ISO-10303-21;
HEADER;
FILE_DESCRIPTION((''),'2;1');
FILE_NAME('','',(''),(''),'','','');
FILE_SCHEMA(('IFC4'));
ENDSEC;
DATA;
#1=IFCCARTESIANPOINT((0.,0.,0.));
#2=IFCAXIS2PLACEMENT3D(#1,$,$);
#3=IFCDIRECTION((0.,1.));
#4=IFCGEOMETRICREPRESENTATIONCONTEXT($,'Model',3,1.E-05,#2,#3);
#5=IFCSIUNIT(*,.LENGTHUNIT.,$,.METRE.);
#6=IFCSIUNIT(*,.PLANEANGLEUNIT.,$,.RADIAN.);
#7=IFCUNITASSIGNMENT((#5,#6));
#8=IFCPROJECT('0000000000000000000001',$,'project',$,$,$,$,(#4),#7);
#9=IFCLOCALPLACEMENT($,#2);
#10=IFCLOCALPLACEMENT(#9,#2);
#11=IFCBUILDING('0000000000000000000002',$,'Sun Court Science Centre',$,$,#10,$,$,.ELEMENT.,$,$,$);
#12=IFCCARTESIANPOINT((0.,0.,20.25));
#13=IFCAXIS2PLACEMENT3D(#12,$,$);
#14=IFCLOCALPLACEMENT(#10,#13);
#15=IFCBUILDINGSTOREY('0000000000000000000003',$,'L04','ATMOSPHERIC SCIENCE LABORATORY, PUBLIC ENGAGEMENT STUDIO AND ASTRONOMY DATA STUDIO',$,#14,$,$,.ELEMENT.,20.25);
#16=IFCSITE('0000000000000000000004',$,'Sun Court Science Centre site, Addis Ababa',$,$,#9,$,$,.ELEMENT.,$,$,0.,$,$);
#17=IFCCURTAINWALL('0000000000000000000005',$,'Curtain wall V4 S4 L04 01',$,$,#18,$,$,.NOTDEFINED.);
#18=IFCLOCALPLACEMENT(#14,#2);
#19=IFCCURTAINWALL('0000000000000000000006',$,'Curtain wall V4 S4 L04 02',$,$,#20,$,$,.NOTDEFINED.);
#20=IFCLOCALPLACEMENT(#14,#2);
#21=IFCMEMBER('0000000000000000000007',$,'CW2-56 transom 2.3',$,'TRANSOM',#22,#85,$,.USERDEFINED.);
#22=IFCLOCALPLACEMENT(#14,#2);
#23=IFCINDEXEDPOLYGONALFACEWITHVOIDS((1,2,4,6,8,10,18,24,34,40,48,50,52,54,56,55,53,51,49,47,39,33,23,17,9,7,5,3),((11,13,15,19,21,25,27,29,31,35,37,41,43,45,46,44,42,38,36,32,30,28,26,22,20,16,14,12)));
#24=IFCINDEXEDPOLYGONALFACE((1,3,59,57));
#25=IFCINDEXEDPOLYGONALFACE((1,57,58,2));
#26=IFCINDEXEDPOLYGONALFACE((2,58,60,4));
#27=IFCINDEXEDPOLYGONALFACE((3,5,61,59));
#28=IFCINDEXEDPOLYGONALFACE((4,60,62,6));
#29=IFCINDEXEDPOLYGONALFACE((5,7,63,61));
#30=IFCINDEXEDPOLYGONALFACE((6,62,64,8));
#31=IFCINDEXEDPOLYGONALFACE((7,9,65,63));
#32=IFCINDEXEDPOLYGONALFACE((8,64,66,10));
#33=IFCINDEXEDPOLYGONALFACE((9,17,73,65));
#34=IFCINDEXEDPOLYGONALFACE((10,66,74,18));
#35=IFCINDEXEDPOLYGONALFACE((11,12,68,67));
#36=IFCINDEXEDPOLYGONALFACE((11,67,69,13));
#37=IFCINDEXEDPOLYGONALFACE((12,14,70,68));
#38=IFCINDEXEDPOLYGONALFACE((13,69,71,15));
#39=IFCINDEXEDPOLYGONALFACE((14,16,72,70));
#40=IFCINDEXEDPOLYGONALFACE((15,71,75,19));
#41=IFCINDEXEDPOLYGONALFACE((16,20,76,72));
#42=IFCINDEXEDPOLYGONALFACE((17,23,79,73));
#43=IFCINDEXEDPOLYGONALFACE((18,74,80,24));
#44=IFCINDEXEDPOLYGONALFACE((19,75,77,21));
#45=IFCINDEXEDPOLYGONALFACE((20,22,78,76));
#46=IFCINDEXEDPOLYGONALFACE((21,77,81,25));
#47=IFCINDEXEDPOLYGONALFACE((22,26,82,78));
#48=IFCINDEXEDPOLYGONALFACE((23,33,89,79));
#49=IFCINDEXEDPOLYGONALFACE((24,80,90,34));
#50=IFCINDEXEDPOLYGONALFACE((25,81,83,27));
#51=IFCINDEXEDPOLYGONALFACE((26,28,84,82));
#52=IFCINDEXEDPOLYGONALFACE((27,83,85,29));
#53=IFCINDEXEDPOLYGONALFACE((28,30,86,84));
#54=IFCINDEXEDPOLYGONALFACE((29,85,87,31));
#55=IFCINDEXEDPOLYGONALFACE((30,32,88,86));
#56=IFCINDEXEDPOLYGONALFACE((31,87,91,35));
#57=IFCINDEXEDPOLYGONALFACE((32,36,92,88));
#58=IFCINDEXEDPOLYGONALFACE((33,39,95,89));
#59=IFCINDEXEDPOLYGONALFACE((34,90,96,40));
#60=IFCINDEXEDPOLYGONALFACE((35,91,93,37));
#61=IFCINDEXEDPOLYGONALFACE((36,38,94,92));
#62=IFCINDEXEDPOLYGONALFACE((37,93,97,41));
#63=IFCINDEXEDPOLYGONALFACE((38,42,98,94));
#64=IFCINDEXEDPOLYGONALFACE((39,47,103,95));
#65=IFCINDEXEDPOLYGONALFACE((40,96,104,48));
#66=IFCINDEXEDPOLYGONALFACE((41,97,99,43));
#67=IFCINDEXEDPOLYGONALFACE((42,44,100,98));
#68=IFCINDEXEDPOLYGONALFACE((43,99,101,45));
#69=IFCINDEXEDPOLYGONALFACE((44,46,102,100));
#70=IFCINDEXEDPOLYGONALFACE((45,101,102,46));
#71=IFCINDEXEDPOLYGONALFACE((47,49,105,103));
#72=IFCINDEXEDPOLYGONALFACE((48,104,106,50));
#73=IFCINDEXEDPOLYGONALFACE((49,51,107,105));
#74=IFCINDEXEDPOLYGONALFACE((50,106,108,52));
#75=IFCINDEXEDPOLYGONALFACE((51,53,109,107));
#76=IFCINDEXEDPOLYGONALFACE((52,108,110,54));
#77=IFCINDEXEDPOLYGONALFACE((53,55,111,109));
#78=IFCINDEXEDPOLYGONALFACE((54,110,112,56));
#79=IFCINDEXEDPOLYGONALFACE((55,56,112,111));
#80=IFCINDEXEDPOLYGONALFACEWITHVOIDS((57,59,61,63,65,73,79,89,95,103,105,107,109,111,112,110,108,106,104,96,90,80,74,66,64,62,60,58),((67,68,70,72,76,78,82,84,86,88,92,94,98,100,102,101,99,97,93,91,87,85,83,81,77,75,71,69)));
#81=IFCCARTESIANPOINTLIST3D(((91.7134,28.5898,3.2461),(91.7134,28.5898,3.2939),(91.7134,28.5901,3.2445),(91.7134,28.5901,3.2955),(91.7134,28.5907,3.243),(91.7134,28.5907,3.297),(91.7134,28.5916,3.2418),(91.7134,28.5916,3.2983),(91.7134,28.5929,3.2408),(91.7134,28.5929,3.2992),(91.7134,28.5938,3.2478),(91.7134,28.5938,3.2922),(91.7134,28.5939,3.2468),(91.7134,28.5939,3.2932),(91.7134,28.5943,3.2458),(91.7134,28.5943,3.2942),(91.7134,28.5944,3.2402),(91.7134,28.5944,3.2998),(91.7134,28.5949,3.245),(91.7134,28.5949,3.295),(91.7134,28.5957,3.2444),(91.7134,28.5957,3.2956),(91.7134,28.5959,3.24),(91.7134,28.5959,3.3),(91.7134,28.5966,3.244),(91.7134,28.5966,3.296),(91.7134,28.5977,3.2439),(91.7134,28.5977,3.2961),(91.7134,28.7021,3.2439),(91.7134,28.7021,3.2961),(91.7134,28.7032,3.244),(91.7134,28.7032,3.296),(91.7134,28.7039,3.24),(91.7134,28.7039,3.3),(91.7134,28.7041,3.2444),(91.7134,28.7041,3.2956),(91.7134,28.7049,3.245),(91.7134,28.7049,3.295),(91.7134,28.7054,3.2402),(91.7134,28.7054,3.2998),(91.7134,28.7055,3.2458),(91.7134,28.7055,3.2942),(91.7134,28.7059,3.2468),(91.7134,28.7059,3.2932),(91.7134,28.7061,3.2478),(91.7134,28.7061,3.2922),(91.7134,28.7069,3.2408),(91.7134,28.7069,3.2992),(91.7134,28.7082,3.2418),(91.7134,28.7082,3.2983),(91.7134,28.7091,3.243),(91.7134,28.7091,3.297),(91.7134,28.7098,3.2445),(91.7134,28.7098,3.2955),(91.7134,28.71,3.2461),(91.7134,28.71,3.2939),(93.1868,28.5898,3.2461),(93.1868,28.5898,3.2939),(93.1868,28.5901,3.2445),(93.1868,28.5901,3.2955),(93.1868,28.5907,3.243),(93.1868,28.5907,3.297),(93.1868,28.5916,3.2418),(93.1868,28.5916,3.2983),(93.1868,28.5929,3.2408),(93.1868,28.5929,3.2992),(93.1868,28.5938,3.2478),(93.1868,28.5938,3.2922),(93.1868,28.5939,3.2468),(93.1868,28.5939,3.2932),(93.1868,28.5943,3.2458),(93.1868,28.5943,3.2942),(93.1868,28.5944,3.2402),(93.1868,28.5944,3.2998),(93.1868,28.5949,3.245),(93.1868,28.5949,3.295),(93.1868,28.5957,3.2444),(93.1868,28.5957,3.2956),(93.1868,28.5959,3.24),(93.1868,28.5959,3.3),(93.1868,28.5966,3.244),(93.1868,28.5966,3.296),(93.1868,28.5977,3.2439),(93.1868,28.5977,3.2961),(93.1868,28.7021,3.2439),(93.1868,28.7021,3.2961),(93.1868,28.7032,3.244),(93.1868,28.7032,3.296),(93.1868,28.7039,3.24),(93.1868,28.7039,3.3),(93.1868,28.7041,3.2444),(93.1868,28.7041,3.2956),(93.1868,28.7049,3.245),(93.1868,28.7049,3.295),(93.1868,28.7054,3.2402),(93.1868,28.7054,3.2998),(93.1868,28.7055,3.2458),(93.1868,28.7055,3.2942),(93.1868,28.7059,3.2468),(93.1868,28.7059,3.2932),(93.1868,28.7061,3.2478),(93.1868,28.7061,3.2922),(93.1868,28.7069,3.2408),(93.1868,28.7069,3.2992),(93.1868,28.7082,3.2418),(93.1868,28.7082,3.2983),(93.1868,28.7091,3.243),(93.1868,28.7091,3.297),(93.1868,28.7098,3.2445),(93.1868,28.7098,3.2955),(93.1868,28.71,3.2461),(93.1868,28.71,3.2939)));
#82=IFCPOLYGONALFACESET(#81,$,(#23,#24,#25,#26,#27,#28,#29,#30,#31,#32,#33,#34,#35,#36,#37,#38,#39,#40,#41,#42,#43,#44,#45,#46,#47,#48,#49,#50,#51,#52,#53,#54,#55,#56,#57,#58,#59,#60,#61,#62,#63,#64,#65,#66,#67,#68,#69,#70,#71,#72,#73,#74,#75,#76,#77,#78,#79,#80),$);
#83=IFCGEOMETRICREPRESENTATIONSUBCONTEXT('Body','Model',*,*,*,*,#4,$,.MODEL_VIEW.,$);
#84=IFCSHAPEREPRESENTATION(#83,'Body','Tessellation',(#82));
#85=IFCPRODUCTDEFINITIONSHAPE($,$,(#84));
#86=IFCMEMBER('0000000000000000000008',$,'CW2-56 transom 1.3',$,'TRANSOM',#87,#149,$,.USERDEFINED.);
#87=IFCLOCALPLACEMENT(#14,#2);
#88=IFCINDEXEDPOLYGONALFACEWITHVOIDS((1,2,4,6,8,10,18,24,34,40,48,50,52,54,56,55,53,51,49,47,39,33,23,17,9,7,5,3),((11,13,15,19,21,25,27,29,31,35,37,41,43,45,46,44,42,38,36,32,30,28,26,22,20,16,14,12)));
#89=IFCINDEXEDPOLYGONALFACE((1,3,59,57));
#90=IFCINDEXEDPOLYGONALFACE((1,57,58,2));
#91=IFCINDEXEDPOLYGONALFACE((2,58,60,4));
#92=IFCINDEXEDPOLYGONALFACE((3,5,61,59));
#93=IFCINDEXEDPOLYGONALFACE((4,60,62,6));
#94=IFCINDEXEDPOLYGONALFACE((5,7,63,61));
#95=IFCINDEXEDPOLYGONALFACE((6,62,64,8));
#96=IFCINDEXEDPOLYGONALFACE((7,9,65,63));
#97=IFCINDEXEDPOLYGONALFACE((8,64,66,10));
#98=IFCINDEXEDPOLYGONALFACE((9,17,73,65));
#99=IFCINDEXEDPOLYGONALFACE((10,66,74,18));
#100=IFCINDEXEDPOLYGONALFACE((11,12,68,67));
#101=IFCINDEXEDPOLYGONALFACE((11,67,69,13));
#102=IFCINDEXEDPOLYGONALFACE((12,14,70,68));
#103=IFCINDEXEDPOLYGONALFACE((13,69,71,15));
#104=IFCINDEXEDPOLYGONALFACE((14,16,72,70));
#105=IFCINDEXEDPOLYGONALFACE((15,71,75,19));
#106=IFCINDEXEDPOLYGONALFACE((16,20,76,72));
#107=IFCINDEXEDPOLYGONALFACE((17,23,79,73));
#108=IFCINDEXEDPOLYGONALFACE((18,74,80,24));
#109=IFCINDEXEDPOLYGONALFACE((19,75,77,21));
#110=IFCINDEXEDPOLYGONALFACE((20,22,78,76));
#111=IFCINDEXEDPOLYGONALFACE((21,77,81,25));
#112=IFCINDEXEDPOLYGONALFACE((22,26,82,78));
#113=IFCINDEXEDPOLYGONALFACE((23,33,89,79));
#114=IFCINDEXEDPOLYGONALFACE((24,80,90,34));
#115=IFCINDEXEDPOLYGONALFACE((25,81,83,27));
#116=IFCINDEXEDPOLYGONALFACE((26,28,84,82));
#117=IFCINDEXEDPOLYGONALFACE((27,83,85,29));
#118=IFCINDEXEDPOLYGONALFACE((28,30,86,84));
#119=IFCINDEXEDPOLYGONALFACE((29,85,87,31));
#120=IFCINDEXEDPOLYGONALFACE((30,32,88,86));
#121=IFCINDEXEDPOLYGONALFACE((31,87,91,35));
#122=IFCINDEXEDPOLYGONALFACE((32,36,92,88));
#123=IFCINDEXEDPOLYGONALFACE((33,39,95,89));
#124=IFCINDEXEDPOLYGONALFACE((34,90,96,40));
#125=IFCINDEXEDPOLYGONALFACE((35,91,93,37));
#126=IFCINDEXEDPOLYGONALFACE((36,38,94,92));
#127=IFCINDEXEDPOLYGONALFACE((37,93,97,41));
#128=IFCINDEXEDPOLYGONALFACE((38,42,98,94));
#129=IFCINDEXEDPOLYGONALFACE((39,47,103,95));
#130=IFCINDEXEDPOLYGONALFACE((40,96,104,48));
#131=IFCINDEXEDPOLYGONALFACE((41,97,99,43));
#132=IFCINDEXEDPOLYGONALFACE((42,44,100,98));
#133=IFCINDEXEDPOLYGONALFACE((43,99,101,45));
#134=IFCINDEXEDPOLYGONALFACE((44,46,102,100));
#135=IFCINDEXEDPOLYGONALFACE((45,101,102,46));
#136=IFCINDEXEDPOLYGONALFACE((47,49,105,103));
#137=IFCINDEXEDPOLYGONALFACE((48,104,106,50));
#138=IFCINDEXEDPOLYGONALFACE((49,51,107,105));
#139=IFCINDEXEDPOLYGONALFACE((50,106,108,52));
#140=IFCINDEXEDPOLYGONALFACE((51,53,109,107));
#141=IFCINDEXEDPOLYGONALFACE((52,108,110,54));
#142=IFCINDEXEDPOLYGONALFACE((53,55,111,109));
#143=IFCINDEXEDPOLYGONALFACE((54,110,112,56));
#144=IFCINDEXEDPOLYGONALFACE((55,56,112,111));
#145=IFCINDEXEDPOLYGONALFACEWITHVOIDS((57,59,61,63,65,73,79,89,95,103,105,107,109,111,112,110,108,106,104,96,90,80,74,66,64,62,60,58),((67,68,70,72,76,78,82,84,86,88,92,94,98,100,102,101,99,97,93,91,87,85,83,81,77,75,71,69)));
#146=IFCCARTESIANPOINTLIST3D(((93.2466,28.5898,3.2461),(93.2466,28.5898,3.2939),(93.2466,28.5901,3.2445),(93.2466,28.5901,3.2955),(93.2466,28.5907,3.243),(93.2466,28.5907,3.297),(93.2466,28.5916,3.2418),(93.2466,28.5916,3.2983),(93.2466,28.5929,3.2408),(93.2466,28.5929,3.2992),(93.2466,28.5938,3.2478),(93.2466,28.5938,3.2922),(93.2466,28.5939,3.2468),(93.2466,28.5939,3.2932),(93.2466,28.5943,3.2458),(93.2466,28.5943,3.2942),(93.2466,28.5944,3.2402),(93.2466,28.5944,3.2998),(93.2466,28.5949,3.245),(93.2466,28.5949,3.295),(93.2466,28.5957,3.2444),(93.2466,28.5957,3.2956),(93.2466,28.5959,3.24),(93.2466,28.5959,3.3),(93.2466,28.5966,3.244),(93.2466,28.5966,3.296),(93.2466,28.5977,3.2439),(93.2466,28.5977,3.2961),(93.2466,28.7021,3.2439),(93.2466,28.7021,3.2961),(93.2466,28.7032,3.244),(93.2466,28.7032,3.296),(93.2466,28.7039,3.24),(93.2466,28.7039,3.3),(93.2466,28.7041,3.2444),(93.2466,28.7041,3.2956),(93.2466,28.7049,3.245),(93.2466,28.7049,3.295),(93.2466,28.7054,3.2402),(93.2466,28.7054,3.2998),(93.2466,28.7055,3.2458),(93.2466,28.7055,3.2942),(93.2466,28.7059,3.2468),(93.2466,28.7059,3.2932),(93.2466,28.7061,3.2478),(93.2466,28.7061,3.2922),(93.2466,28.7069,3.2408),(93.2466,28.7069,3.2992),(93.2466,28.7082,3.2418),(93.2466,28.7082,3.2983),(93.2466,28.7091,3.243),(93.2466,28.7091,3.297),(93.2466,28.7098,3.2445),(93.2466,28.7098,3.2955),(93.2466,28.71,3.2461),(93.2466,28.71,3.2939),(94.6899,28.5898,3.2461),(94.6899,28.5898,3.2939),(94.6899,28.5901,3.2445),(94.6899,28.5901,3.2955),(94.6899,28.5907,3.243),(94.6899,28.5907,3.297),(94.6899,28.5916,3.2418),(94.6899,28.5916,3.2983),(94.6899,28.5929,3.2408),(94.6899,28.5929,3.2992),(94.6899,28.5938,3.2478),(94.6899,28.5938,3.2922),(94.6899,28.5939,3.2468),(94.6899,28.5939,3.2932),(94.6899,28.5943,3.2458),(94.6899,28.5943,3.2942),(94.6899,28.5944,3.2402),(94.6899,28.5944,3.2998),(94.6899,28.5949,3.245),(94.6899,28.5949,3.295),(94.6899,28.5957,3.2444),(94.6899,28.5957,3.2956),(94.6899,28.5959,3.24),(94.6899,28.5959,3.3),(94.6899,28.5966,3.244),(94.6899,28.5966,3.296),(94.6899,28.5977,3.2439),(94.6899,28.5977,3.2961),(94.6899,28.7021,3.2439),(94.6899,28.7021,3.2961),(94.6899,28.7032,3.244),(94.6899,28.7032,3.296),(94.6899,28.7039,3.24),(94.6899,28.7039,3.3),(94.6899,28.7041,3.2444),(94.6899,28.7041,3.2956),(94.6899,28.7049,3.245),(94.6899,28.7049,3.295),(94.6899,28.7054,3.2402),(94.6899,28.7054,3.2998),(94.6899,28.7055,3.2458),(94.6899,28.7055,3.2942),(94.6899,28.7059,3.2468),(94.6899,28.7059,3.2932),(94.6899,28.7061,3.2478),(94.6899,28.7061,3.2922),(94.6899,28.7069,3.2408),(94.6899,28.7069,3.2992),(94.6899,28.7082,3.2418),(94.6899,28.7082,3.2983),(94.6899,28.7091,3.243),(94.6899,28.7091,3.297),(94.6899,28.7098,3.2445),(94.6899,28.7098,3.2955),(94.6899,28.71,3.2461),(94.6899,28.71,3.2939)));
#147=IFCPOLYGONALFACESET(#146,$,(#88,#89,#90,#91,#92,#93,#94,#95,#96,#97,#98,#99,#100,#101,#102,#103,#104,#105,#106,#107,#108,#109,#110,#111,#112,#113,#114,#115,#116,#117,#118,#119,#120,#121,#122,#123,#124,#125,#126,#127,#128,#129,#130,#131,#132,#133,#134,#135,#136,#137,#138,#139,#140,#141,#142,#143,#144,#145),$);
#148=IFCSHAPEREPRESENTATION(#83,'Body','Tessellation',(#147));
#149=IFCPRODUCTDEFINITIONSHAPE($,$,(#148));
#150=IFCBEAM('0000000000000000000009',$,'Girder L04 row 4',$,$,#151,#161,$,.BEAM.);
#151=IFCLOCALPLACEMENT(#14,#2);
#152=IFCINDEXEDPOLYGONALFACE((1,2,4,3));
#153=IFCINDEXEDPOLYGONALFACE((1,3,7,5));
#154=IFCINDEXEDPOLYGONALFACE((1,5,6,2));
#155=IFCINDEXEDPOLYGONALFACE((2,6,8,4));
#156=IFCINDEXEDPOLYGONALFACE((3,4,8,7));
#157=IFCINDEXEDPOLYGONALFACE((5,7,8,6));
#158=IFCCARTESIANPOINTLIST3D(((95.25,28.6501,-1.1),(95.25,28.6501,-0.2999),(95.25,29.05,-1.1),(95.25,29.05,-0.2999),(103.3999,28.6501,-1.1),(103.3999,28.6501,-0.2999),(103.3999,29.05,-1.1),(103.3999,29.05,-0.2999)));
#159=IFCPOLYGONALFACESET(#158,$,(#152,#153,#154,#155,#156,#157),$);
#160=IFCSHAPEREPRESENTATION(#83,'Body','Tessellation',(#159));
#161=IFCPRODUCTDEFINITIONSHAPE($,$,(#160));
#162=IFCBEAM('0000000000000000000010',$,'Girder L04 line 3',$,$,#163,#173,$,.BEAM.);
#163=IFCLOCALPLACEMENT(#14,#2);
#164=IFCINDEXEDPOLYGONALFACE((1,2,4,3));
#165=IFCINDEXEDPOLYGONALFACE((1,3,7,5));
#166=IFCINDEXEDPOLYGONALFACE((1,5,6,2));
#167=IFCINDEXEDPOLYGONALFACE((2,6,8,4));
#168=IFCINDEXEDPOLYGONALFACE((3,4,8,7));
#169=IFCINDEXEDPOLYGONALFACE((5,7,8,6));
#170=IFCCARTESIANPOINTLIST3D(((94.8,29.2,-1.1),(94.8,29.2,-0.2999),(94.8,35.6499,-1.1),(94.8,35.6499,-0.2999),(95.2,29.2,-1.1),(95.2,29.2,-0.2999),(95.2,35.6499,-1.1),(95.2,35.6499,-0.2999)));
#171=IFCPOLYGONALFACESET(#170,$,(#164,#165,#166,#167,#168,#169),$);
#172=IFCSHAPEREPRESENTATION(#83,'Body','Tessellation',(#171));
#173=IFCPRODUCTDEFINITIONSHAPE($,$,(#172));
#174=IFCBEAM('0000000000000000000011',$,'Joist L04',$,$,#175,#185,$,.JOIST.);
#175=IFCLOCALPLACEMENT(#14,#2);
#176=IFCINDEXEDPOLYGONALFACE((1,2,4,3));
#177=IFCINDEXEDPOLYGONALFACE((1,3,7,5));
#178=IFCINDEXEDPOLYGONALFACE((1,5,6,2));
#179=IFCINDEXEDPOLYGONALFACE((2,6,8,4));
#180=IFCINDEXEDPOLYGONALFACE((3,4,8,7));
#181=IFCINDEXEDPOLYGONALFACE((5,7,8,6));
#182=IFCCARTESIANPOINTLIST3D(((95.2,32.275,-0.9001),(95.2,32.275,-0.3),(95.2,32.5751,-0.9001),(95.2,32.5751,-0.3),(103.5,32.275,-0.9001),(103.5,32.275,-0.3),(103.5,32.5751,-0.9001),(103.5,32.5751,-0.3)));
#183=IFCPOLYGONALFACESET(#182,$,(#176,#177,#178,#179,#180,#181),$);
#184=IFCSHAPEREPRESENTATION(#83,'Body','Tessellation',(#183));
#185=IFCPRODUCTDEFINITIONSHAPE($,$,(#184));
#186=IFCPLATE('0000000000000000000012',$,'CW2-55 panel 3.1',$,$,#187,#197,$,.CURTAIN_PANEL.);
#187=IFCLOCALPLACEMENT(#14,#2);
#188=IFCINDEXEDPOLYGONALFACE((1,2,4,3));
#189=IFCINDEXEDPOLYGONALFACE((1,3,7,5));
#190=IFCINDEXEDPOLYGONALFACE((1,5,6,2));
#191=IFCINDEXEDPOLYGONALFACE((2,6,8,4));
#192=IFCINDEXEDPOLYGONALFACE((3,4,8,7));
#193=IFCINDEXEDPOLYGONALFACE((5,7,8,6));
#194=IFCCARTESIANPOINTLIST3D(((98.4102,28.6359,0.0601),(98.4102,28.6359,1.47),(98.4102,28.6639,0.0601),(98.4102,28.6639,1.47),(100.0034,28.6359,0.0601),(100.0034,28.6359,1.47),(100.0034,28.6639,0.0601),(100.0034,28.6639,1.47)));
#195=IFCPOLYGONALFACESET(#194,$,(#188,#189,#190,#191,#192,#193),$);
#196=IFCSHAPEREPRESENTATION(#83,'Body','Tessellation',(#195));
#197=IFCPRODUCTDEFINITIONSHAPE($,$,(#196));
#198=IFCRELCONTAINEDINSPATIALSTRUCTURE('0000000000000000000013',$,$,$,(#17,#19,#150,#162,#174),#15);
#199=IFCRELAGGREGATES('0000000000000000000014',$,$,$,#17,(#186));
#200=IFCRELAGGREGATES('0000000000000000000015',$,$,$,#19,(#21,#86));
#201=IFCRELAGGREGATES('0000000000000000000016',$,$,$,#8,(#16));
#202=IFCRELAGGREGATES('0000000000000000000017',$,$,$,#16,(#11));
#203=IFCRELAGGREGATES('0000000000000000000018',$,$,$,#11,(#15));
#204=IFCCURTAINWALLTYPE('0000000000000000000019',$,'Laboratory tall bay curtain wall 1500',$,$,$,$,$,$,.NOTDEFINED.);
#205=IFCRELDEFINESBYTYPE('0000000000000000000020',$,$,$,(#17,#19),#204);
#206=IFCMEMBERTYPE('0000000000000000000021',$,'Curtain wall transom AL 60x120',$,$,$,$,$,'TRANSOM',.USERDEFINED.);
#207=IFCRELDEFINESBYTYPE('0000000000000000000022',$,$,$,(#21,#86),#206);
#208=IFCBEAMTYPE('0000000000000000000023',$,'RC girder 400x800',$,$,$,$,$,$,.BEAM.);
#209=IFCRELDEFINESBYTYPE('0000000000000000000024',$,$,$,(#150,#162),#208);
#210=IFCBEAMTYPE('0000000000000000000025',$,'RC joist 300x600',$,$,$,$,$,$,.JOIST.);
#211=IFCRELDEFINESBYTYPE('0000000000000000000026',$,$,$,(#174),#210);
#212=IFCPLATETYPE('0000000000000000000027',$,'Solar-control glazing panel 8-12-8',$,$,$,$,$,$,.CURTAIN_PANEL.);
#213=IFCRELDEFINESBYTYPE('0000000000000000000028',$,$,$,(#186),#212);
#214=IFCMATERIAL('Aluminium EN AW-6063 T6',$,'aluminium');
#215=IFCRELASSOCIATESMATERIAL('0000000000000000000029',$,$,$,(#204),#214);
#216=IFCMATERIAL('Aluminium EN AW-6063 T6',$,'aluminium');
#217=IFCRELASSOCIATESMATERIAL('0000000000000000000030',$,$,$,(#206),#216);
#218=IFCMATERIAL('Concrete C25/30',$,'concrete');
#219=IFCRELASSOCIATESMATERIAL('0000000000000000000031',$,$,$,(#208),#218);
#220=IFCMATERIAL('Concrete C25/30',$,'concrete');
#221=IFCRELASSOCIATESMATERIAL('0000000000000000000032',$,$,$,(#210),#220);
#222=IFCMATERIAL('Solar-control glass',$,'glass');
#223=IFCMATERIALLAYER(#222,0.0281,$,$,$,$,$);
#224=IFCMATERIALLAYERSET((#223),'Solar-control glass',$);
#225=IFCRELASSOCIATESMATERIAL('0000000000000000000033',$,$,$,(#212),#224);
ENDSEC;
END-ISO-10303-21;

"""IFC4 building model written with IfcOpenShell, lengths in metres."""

from ifc_helpers import new_model, si_unit, direction, frame, origin, origin_2d, place, context, subcontext, project, spatial, rectangle, hollow_rectangle, extrude, material, layer, layer_set, material_profile, profile_set, type_object, element, aggregate, save


model = new_model("IFC4")

# Units and contexts
model_context = context("Model", 3, precision=1e-05, world=origin(), true_north=direction((0.0, 1.0)))
body_context = subcontext(model_context, "Body", "Model", "MODEL_VIEW")
ifc_project = project(units=[si_unit("LENGTHUNIT", "METRE"), si_unit("PLANEANGLEUNIT", "RADIAN")], contexts=[model_context])

# Site, building, storey
site_placement = place(None, origin())
site = spatial("IfcSite", under=ifc_project, at=site_placement, Name="Sun Court Science Centre site, Addis Ababa", CompositionType="ELEMENT", RefElevation=0.0)
building_placement = place(site_placement, origin())
building = spatial("IfcBuilding", under=site, at=building_placement, Name="Sun Court Science Centre", CompositionType="ELEMENT")
storey_placement = place(building_placement, frame((0.0, 0.0, 20.25)))
storey = spatial("IfcBuildingStorey", under=building, at=storey_placement, Name="L04", Description="ATMOSPHERIC SCIENCE LABORATORY, PUBLIC ENGAGEMENT STUDIO AND ASTRONOMY DATA STUDIO", CompositionType="ELEMENT", Elevation=20.25)

# Curtain wall
ifc_material_1 = material(Name="Aluminium EN AW-6063 T6", Category="aluminium")
curtain_wall_type = type_object("IfcCurtainWallType", Name="Laboratory tall bay curtain wall 1500", PredefinedType="NOTDEFINED", material=ifc_material_1)
curtain_wall_1_placement = place(storey_placement, origin())
curtain_wall_1 = element("IfcCurtainWall", 1, at=curtain_wall_1_placement, inside=storey, type_object=curtain_wall_type, Name="Curtain wall V4 S4 L04 01", PredefinedType="NOTDEFINED")

# Curtain wall
curtain_wall_2_placement = place(storey_placement, origin())
curtain_wall_2 = element("IfcCurtainWall", 2, at=curtain_wall_2_placement, inside=storey, type_object=curtain_wall_type, Name="Curtain wall V4 S4 L04 02", PredefinedType="NOTDEFINED")

# Members
ifc_material_2 = material(Name="Aluminium EN AW-6063 T6", Category="aluminium")
ifc_material_profile_1 = material_profile(ifc_material_2, hollow_rectangle(XDim=0.0601, YDim=0.1201, WallThickness=0.0039, InnerFilletRadius=0.0039, OuterFilletRadius=0.0061, at=origin_2d()), Name="AL 60x120x4")
ifc_profile_set_1 = profile_set([ifc_material_profile_1], Name="Aluminium EN AW-6063 T6")
member_type_1 = type_object("IfcMemberType", Name="Curtain wall transom AL 60x120", ElementType="TRANSOM", PredefinedType="USERDEFINED", material=ifc_profile_set_1)
member_1_placement = place(storey_placement, frame((93.1868, 28.6499, 3.27), z_axis=(-1.0, 0.0, 0.0), x_axis=(0.0, 0.0, 1.0)))
member_1 = element("IfcMember", 3, at=member_1_placement, type_object=member_type_1, Name="CW2-56 transom 2.3", ObjectType="TRANSOM", PredefinedType="USERDEFINED", context=body_context, shape_type="SweptSolid", body=[
    extrude(hollow_rectangle(XDim=0.0601, YDim=0.1201, WallThickness=0.0039, InnerFilletRadius=0.0039, OuterFilletRadius=0.0061, at=origin_2d()), origin(), (0.0, 0.0, 1.0), 1.4734),
])
member_2_placement = place(storey_placement, frame((94.6899, 28.6499, 3.27), z_axis=(-1.0, 0.0, 0.0), x_axis=(0.0, 0.0, 1.0)))
member_2 = element("IfcMember", 4, at=member_2_placement, type_object=member_type_1, Name="CW2-56 transom 1.3", ObjectType="TRANSOM", PredefinedType="USERDEFINED", context=body_context, shape_type="SweptSolid", body=[
    extrude(hollow_rectangle(XDim=0.0601, YDim=0.1201, WallThickness=0.0039, InnerFilletRadius=0.0039, OuterFilletRadius=0.0061, at=origin_2d()), origin(), (0.0, 0.0, 1.0), 1.4434),
])

# Beams
ifc_material_3 = material(Name="Concrete C25/30", Category="concrete")
ifc_material_profile_2 = material_profile(ifc_material_3, rectangle(XDim=0.3999, YDim=0.8, at=origin_2d()), Name="RC 400x800")
ifc_profile_set_2 = profile_set([ifc_material_profile_2], Name="Concrete C25/30")
beam_type_1 = type_object("IfcBeamType", Name="RC girder 400x800", PredefinedType="BEAM", material=ifc_profile_set_2)
beam_1_placement = place(storey_placement, frame((95.25, 28.8501, -0.7), z_axis=(1.0, 0.0, 0.0), x_axis=(0.0, 1.0, 0.0)))
element("IfcBeam", 5, at=beam_1_placement, inside=storey, type_object=beam_type_1, Name="Girder L04 row 4", PredefinedType="BEAM", context=body_context, shape_type="SweptSolid", body=[
    extrude(rectangle(XDim=0.3999, YDim=0.8, at=origin_2d()), origin(), (0.0, 0.0, 1.0), 8.1499),
])
beam_2_placement = place(storey_placement, frame((95.0, 29.2, -0.7), z_axis=(0.0, 1.0, 0.0), x_axis=(-1.0, 0.0, 0.0)))
element("IfcBeam", 6, at=beam_2_placement, inside=storey, type_object=beam_type_1, Name="Girder L04 line 3", PredefinedType="BEAM", context=body_context, shape_type="SweptSolid", body=[
    extrude(rectangle(XDim=0.3999, YDim=0.8, at=origin_2d()), origin(), (0.0, 0.0, 1.0), 6.45),
])
ifc_material_4 = material(Name="Concrete C25/30", Category="concrete")
ifc_material_profile_3 = material_profile(ifc_material_4, rectangle(XDim=0.3, YDim=0.6001, at=origin_2d()), Name="RC 300x600")
ifc_profile_set_3 = profile_set([ifc_material_profile_3], Name="Concrete C25/30")
beam_type_2 = type_object("IfcBeamType", Name="RC joist 300x600", PredefinedType="JOIST", material=ifc_profile_set_3)
beam_3_placement = place(storey_placement, frame((95.2, 32.425, -0.6001), z_axis=(1.0, 0.0, 0.0), x_axis=(0.0, 1.0, 0.0)))
element("IfcBeam", 7, at=beam_3_placement, inside=storey, type_object=beam_type_2, Name="Joist L04", PredefinedType="JOIST", context=body_context, shape_type="SweptSolid", body=[
    extrude(rectangle(XDim=0.3, YDim=0.6001, at=origin_2d()), origin(), (0.0, 0.0, 1.0), 8.3),
])

# Plate
ifc_material_5 = material(Name="Solar-control glass", Category="glass")
ifc_layer_1 = layer(ifc_material_5, 0.0281)
ifc_layer_set_1 = layer_set([ifc_layer_1], Name="Solar-control glass")
plate_type = type_object("IfcPlateType", Name="Solar-control glazing panel 8-12-8", PredefinedType="CURTAIN_PANEL", material=ifc_layer_set_1)
plate_1_placement = place(storey_placement, frame((99.2068, 28.6499, 0.0601), z_axis=(0.0, 0.0, 1.0), x_axis=(-1.0, 0.0, 0.0)))
plate_1 = element("IfcPlate", 8, at=plate_1_placement, type_object=plate_type, Name="CW2-55 panel 3.1", PredefinedType="CURTAIN_PANEL", context=body_context, shape_type="SweptSolid", body=[
    extrude(rectangle(XDim=1.5933, YDim=0.0281, at=origin_2d()), origin(), (0.0, 0.0, 1.0), 1.4099),
])
aggregate(curtain_wall_1, [plate_1])
aggregate(curtain_wall_2, [member_1, member_2])

save(model, "model.ifc")
